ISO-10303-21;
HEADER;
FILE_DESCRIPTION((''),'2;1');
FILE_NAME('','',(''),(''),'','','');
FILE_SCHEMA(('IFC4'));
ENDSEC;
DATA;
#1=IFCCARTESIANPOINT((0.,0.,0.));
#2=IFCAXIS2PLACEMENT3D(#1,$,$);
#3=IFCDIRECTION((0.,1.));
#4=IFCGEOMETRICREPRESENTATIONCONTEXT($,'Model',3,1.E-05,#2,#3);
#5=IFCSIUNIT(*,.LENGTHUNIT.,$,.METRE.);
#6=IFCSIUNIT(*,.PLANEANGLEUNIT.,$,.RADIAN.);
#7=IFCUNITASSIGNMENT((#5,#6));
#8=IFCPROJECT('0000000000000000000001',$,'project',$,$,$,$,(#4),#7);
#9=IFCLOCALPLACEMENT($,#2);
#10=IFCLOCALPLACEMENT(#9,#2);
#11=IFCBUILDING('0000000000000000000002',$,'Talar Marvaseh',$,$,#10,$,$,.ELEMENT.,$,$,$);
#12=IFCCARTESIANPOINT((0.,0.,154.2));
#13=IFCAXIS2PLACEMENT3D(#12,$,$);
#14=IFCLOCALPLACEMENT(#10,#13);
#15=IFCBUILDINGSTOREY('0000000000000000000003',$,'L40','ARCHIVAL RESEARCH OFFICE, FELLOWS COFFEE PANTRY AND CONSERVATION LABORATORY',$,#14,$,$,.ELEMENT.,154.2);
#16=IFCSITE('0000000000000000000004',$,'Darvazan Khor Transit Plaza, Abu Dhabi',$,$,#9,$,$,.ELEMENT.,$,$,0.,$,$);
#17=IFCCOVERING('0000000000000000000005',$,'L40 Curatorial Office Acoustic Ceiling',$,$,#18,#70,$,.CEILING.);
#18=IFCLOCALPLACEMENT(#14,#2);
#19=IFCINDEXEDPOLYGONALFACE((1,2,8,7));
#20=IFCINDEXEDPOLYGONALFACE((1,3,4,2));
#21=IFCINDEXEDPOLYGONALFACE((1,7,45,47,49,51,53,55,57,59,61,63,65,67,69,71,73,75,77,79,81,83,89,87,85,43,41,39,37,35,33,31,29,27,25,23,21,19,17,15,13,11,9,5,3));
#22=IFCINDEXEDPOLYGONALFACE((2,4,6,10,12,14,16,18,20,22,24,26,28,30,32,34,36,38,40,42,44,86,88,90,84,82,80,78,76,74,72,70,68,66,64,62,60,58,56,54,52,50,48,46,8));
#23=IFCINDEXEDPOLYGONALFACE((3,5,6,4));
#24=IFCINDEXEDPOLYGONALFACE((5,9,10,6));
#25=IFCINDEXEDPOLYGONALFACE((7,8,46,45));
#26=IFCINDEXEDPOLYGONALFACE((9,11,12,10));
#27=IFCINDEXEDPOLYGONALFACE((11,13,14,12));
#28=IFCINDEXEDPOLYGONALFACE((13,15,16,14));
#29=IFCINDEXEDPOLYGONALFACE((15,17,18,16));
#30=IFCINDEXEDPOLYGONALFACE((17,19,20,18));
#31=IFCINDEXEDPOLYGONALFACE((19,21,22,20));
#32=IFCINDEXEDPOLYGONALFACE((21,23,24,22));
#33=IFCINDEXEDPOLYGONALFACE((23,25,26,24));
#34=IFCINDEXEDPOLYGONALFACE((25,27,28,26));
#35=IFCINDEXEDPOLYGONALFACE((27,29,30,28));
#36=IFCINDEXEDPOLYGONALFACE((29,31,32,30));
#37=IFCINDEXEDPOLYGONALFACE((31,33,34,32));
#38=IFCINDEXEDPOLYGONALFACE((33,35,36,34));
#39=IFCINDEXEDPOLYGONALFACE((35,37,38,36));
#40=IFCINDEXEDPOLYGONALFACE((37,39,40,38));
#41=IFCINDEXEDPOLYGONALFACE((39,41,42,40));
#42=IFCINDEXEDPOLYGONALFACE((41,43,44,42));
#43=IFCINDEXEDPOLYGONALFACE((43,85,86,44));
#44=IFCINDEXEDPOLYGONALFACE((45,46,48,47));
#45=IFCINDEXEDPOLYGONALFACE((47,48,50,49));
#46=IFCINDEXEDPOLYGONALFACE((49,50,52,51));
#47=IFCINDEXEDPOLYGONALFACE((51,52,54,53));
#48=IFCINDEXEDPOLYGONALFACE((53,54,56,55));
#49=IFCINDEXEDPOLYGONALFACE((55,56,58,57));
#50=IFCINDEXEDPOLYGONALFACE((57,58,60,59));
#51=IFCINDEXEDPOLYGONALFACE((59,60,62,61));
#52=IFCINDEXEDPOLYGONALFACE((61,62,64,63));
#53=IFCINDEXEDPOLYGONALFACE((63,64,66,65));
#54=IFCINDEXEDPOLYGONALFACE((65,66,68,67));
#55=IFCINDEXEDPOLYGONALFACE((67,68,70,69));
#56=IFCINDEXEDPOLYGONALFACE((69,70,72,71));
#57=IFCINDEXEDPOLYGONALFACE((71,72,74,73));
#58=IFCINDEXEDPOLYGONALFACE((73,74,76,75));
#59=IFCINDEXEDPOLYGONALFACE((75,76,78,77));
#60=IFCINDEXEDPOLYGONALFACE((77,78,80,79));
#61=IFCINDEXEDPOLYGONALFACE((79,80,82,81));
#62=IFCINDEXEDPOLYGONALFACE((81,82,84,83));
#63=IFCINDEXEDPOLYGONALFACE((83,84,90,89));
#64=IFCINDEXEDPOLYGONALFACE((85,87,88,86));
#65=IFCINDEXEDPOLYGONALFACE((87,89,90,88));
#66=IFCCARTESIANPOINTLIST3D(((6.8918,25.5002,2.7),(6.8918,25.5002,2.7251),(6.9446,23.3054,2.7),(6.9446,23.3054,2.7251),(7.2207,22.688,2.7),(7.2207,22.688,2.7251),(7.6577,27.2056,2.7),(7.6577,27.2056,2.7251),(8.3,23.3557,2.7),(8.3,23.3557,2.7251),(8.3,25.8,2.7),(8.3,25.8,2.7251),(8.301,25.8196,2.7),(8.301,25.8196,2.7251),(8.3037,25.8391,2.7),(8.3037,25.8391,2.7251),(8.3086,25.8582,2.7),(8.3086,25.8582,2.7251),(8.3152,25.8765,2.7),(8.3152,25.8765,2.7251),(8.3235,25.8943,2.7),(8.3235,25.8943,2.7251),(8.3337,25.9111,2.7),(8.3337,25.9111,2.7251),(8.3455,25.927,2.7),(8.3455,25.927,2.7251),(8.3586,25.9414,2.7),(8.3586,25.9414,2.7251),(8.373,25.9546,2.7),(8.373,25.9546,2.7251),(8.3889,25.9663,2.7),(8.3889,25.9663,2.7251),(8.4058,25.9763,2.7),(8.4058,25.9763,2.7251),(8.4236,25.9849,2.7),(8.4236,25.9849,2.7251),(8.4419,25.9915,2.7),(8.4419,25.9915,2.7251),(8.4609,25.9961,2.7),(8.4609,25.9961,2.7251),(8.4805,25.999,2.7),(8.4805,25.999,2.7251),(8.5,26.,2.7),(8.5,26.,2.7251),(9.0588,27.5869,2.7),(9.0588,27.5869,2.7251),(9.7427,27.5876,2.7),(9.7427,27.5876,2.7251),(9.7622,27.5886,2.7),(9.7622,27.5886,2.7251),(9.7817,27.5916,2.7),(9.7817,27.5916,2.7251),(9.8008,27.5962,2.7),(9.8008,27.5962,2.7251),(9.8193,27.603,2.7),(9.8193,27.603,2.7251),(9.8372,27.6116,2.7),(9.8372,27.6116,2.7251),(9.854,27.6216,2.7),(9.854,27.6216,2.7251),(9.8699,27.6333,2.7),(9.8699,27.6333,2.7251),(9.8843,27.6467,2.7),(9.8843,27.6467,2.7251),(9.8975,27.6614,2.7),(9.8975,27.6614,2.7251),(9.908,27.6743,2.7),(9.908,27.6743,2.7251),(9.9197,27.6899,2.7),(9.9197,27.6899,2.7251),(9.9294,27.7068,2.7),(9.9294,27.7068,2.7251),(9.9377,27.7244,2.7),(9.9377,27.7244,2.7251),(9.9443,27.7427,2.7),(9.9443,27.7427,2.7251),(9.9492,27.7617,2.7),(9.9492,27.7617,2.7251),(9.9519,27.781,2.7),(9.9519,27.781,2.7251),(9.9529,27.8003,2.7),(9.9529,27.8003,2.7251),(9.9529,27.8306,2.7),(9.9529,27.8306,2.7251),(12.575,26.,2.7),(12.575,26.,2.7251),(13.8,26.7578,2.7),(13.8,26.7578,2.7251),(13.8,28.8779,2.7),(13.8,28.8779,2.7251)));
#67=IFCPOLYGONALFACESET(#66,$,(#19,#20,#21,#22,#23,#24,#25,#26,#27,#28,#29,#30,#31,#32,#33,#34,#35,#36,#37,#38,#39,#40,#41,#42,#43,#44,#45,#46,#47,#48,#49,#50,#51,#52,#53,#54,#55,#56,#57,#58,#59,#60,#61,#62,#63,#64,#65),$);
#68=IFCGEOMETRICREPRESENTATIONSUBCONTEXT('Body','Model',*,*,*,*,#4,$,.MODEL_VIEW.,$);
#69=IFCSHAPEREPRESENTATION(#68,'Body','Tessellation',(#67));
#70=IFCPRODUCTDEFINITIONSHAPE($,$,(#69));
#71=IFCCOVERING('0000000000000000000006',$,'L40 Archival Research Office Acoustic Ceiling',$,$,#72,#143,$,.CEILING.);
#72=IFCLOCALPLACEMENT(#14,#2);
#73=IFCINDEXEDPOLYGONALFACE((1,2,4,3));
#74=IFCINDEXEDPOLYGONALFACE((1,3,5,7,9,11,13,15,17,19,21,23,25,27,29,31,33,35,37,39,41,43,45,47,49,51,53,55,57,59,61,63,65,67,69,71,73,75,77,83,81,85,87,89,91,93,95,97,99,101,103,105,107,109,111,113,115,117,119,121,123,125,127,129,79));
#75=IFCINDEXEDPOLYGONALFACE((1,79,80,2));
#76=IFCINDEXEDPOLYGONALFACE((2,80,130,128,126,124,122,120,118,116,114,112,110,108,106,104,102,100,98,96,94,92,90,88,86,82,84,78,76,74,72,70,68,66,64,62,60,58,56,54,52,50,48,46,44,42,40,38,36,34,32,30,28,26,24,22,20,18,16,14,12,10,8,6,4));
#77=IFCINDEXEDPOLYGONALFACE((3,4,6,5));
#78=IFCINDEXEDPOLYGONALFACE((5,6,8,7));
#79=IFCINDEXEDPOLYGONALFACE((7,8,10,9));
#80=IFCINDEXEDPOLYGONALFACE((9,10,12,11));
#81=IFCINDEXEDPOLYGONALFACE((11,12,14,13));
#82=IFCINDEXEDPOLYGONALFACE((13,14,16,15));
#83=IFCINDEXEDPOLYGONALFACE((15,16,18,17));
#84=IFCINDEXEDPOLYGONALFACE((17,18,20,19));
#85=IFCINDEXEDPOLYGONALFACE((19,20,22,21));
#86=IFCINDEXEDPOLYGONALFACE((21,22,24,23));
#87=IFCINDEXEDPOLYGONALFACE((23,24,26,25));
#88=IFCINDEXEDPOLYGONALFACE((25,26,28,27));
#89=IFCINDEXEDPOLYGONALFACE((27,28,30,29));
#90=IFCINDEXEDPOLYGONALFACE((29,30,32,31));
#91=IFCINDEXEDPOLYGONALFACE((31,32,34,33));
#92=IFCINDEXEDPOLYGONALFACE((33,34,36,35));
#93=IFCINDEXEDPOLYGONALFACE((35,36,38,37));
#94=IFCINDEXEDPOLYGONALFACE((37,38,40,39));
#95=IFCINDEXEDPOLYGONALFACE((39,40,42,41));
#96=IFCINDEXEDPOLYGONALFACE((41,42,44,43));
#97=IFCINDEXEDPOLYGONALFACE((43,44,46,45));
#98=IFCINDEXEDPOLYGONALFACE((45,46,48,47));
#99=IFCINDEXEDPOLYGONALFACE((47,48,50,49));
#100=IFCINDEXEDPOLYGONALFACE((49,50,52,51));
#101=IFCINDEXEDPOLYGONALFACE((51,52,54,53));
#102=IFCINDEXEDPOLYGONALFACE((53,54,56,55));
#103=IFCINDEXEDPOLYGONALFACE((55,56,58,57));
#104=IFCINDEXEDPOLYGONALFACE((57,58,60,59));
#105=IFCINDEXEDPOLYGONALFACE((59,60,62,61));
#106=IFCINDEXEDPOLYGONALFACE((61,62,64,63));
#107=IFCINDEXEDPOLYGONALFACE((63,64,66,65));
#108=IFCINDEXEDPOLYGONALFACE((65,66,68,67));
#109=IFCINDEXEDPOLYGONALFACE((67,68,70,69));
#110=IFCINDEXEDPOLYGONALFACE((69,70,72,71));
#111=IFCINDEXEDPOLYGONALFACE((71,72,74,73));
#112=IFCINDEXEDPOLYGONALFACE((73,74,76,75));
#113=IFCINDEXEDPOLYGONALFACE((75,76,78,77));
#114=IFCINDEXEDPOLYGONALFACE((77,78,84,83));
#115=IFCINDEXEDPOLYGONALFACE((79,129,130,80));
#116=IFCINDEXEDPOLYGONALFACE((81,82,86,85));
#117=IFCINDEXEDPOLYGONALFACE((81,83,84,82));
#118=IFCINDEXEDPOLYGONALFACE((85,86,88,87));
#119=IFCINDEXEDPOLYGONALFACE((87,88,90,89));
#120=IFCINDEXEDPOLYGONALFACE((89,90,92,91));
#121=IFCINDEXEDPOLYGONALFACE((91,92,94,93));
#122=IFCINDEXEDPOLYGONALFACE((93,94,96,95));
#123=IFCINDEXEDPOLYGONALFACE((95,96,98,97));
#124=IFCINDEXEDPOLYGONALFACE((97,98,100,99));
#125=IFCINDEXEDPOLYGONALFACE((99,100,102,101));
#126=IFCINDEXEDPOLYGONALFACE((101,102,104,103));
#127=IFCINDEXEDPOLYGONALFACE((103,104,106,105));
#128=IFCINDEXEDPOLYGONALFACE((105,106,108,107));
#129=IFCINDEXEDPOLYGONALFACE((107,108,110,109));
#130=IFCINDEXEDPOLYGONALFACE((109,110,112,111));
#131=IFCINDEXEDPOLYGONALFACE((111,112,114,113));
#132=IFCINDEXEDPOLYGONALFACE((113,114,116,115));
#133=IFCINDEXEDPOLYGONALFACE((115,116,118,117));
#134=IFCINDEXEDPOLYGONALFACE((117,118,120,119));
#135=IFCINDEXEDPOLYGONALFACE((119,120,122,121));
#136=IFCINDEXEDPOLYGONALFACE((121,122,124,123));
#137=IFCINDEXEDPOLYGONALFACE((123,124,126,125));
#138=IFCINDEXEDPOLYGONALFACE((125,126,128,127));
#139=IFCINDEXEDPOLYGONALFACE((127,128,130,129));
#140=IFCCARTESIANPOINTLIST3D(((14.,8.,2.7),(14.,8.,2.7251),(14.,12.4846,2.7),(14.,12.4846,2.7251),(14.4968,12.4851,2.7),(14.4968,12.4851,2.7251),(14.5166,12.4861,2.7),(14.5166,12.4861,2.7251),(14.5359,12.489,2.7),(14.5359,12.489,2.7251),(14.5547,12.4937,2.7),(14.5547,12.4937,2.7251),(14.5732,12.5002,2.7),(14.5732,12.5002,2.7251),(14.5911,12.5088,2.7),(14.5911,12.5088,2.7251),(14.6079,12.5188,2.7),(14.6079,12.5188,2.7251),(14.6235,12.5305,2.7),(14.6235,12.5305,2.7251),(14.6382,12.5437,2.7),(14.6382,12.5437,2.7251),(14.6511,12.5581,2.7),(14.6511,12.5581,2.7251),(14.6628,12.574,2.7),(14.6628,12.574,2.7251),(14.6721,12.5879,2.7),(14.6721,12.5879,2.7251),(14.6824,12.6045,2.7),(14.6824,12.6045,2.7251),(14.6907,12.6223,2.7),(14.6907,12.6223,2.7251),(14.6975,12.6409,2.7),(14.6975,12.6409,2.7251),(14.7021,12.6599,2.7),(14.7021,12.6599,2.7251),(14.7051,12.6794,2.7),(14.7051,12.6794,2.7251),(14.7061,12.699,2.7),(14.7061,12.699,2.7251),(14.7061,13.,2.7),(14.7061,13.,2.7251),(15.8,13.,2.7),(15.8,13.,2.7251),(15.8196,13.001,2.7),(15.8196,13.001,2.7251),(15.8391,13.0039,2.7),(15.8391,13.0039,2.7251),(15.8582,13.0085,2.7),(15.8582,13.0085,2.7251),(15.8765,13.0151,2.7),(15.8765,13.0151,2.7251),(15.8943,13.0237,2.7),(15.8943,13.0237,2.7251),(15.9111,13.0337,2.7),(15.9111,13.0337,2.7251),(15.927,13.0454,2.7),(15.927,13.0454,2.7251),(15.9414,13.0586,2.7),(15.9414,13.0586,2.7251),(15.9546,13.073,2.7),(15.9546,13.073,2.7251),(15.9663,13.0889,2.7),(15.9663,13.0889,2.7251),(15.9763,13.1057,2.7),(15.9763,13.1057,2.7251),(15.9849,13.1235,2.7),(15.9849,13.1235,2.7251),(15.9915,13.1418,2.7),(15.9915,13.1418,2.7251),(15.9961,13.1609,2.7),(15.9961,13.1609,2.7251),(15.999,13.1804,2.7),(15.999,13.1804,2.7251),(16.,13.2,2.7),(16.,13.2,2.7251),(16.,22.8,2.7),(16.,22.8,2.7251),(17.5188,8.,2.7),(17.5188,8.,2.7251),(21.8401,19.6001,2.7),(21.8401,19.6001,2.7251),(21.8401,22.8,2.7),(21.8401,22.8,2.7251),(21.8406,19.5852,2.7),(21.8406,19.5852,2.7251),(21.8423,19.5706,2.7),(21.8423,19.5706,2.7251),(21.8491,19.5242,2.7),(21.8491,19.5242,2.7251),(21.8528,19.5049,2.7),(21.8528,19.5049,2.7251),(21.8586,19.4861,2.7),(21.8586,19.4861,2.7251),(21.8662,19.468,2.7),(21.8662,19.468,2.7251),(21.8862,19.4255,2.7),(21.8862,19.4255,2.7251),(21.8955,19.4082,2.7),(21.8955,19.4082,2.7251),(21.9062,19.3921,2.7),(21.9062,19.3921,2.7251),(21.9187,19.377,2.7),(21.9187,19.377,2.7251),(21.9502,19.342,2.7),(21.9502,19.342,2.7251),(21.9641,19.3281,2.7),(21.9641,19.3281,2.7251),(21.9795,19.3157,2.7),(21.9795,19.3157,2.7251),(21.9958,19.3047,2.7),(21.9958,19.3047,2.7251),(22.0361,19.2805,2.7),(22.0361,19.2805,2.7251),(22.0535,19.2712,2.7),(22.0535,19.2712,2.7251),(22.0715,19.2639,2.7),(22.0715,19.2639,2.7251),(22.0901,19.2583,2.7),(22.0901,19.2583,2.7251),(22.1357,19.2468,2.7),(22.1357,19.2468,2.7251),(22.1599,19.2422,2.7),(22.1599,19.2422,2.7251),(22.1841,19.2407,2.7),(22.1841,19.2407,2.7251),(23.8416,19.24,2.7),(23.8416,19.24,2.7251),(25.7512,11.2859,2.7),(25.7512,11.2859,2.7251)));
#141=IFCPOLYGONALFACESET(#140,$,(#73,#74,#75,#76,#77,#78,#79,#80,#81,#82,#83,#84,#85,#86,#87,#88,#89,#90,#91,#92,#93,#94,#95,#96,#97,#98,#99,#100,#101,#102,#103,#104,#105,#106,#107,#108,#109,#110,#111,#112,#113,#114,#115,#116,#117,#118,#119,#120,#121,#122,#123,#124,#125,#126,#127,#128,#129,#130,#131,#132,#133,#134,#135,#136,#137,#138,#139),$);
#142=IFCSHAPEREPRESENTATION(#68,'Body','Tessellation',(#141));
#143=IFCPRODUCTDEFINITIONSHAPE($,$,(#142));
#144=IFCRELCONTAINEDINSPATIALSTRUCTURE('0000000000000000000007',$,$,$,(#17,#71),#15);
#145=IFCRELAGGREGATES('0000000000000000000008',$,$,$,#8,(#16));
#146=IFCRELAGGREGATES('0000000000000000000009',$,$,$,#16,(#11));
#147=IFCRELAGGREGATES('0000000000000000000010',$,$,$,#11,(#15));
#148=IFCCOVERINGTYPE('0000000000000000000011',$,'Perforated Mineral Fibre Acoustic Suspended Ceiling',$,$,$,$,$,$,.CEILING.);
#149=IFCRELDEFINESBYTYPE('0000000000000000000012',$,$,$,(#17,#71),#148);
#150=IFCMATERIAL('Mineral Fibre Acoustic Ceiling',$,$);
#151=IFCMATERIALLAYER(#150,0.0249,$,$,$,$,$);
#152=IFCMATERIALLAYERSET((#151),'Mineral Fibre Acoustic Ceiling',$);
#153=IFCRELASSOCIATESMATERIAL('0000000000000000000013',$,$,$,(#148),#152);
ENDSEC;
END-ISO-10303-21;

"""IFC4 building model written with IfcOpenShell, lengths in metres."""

from ifc_helpers import new_model, si_unit, direction, frame, origin, place, context, subcontext, project, spatial, polyline, outline, extrude, material, layer, layer_set, type_object, element, save


model = new_model("IFC4")

# Units and contexts
model_context = context("Model", 3, precision=1e-05, world=origin(), true_north=direction((0.0, 1.0)))
body_context = subcontext(model_context, "Body", "Model", "MODEL_VIEW")
ifc_project = project(units=[si_unit("LENGTHUNIT", "METRE"), si_unit("PLANEANGLEUNIT", "RADIAN")], contexts=[model_context])

# Site, building, storey
site_placement = place(None, origin())
site = spatial("IfcSite", under=ifc_project, at=site_placement, Name="Darvazan Khor Transit Plaza, Abu Dhabi", CompositionType="ELEMENT", RefElevation=0.0)
building_placement = place(site_placement, origin())
building = spatial("IfcBuilding", under=site, at=building_placement, Name="Talar Marvaseh", CompositionType="ELEMENT")
storey_placement = place(building_placement, frame((0.0, 0.0, 154.2)))
storey = spatial("IfcBuildingStorey", under=building, at=storey_placement, Name="L40", Description="ARCHIVAL RESEARCH OFFICE, FELLOWS COFFEE PANTRY AND CONSERVATION LABORATORY", CompositionType="ELEMENT", Elevation=154.2)

# Coverings
ifc_material_1 = material(Name="Mineral Fibre Acoustic Ceiling")
ifc_layer_1 = layer(ifc_material_1, 0.0249)
ifc_layer_set_1 = layer_set([ifc_layer_1], Name="Mineral Fibre Acoustic Ceiling")
covering_type_1 = type_object("IfcCoveringType", Name="Perforated Mineral Fibre Acoustic Suspended Ceiling", PredefinedType="CEILING", material=ifc_layer_set_1)
covering_1_placement = place(storey_placement, frame((0.0, 0.0, 2.7)))
element("IfcCovering", 1, at=covering_1_placement, inside=storey, type_object=covering_type_1, Name="L40 Curatorial Office Acoustic Ceiling", PredefinedType="CEILING", context=body_context, shape_type="SweptSolid", body=[
    extrude(outline(polyline([(9.0588, 27.5869), (9.7427, 27.5876), (9.7622, 27.5886), (9.7817, 27.5916), (9.8008, 27.5962), (9.8193, 27.603), (9.8372, 27.6116), (9.854, 27.6216), (9.8699, 27.6333), (9.8843, 27.6467), (9.8975, 27.6614), (9.908, 27.6743), (9.9197, 27.6899), (9.9294, 27.7068), (9.9377, 27.7244), (9.9443, 27.7427), (9.9492, 27.7617), (9.9519, 27.781), (9.9529, 27.8003), (9.9529, 27.8306), (13.8, 28.8779), (13.8, 26.7578), (12.575, 26.0), (8.5, 26.0), (8.4805, 25.999), (8.4609, 25.9961), (8.4419, 25.9915), (8.4236, 25.9849), (8.4058, 25.9763), (8.3889, 25.9663), (8.373, 25.9546), (8.3586, 25.9414), (8.3455, 25.927), (8.3337, 25.9111), (8.3235, 25.8943), (8.3152, 25.8765), (8.3086, 25.8582), (8.3037, 25.8391), (8.301, 25.8196), (8.3, 25.8), (8.3, 23.3557), (7.2207, 22.688), (6.9446, 23.3054), (6.8918, 25.5002), (7.6577, 27.2056), (9.0588, 27.5869)])), origin(), (0.0, 0.0, 1.0), 0.0251),
])
covering_2_placement = place(storey_placement, frame((0.0, 0.0, 2.7)))
element("IfcCovering", 2, at=covering_2_placement, inside=storey, type_object=covering_type_1, Name="L40 Archival Research Office Acoustic Ceiling", PredefinedType="CEILING", context=body_context, shape_type="SweptSolid", body=[
    extrude(outline(polyline([(14.5166, 12.4861), (14.5359, 12.489), (14.5547, 12.4937), (14.5732, 12.5002), (14.5911, 12.5088), (14.6079, 12.5188), (14.6235, 12.5305), (14.6382, 12.5437), (14.6511, 12.5581), (14.6628, 12.574), (14.6721, 12.5879), (14.6824, 12.6045), (14.6907, 12.6223), (14.6975, 12.6409), (14.7021, 12.6599), (14.7051, 12.6794), (14.7061, 12.699), (14.7061, 13.0), (15.8, 13.0), (15.8196, 13.001), (15.8391, 13.0039), (15.8582, 13.0085), (15.8765, 13.0151), (15.8943, 13.0237), (15.9111, 13.0337), (15.927, 13.0454), (15.9414, 13.0586), (15.9546, 13.073), (15.9663, 13.0889), (15.9763, 13.1057), (15.9849, 13.1235), (15.9915, 13.1418), (15.9961, 13.1609), (15.999, 13.1804), (16.0, 13.2), (16.0, 22.8), (21.8401, 22.8), (21.8401, 19.6001), (21.8406, 19.5852), (21.8423, 19.5706), (21.8491, 19.5242), (21.8528, 19.5049), (21.8586, 19.4861), (21.8662, 19.468), (21.8862, 19.4255), (21.8955, 19.4082), (21.9062, 19.3921), (21.9187, 19.377), (21.9502, 19.342), (21.9641, 19.3281), (21.9795, 19.3157), (21.9958, 19.3047), (22.0361, 19.2805), (22.0535, 19.2712), (22.0715, 19.2639), (22.0901, 19.2583), (22.1357, 19.2468), (22.1599, 19.2422), (22.1841, 19.2407), (23.8416, 19.24), (25.7512, 11.2859), (17.5188, 8.0), (14.0, 8.0), (14.0, 12.4846), (14.4968, 12.4851), (14.5166, 12.4861)])), origin(), (0.0, 0.0, 1.0), 0.0251),
])

save(model, "model.ifc")
